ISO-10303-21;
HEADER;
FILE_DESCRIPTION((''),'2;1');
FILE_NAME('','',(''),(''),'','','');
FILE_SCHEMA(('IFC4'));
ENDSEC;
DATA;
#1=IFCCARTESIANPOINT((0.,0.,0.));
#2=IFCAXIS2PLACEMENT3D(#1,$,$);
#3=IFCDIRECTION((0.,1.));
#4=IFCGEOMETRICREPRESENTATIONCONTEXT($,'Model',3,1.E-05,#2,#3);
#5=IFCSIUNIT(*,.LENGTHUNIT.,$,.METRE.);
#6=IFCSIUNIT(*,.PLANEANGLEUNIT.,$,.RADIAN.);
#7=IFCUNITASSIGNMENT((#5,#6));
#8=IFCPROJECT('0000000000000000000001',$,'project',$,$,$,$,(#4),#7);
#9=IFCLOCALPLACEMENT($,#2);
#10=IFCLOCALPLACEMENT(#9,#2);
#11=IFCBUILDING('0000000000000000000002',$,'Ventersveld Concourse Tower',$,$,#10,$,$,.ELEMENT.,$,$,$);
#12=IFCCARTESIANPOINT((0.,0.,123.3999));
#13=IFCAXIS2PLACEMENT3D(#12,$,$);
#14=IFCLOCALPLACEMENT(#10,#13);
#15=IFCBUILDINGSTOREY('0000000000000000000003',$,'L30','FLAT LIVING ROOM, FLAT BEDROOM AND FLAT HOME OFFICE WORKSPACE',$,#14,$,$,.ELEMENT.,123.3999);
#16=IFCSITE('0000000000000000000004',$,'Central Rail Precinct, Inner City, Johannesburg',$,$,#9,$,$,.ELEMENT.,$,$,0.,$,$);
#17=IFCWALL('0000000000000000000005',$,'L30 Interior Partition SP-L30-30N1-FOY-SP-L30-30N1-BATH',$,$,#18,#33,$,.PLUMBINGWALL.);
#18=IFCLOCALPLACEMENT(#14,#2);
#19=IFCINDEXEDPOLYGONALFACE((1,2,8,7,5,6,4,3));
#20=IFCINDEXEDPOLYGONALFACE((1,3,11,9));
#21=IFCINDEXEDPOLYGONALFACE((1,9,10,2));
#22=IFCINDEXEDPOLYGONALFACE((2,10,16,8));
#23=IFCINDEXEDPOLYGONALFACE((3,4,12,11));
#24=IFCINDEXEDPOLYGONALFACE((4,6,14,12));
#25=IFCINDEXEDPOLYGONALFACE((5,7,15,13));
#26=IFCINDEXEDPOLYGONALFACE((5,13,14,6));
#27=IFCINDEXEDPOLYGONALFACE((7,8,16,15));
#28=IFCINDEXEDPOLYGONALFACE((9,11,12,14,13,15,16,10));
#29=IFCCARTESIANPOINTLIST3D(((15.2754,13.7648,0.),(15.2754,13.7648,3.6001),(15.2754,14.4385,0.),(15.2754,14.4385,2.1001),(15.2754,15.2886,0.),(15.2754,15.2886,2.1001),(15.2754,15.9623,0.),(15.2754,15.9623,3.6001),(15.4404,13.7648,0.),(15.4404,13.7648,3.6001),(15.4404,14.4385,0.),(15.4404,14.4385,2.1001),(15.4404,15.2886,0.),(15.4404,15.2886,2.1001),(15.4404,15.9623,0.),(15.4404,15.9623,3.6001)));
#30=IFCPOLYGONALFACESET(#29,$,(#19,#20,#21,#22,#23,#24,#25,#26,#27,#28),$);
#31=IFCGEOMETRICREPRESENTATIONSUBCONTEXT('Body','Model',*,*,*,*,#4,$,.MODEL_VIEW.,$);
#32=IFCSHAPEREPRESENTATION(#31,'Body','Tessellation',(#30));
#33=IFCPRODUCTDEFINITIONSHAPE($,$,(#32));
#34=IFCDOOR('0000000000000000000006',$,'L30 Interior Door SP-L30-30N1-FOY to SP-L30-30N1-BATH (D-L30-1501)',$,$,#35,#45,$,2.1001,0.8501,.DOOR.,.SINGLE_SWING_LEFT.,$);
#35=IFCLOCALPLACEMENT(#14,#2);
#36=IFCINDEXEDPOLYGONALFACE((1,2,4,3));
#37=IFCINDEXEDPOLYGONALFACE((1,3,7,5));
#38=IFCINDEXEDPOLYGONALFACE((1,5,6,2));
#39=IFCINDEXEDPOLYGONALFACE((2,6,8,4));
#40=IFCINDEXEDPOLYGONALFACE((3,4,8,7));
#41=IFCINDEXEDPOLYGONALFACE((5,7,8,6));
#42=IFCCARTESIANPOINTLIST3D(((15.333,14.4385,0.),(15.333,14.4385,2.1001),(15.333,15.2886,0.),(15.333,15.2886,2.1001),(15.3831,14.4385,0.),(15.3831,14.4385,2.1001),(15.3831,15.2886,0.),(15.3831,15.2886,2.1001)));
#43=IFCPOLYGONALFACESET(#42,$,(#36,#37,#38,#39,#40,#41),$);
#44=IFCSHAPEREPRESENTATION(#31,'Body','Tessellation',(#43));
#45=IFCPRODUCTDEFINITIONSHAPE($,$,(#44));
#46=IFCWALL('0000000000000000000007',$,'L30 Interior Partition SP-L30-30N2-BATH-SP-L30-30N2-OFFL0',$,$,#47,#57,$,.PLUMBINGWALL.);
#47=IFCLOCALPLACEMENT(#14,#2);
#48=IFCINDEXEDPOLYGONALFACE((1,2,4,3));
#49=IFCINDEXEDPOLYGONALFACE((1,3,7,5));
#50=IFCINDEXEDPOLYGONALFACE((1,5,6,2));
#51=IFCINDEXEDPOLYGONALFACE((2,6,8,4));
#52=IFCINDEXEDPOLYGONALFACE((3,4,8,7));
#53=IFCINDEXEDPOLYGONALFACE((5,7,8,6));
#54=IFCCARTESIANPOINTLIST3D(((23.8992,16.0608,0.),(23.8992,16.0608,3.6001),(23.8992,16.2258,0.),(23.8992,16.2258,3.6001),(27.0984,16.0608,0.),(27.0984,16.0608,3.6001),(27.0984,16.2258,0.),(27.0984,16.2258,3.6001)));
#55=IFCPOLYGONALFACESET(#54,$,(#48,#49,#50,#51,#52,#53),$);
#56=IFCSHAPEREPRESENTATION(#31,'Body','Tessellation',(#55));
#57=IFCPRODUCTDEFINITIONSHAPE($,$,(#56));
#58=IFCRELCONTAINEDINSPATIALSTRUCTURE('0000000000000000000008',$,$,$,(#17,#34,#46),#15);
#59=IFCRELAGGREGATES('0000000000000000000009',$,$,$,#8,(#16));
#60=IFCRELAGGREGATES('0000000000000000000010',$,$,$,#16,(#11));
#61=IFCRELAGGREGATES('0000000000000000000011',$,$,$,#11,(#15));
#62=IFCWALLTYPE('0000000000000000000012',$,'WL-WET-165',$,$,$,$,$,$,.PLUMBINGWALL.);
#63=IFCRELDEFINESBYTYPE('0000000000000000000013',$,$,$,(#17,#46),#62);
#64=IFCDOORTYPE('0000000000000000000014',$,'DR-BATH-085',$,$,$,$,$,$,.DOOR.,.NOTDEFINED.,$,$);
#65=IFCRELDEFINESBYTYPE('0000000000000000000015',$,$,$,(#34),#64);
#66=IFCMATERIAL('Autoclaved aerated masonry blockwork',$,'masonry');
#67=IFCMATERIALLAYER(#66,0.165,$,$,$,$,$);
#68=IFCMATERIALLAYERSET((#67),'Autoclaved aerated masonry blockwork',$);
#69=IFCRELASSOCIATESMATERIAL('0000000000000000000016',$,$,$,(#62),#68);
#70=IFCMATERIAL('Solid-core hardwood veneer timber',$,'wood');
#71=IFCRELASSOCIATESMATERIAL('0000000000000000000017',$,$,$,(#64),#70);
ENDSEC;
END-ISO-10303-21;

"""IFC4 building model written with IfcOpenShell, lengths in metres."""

from ifc_helpers import new_model, si_unit, direction, frame, frame_2d, origin, place, context, subcontext, project, spatial, rectangle, extrude, material, layer, layer_set, type_object, element, fill, save


model = new_model("IFC4")

# Units and contexts
model_context = context("Model", 3, precision=1e-05, world=origin(), true_north=direction((0.0, 1.0)))
body_context = subcontext(model_context, "Body", "Model", "MODEL_VIEW")
ifc_project = project(units=[si_unit("LENGTHUNIT", "METRE"), si_unit("PLANEANGLEUNIT", "RADIAN")], contexts=[model_context])

# Site, building, storey
site_placement = place(None, origin())
site = spatial("IfcSite", under=ifc_project, at=site_placement, Name="Central Rail Precinct, Inner City, Johannesburg", CompositionType="ELEMENT", RefElevation=0.0)
building_placement = place(site_placement, origin())
building = spatial("IfcBuilding", under=site, at=building_placement, Name="Ventersveld Concourse Tower", CompositionType="ELEMENT")
storey_placement = place(building_placement, frame((0.0, 0.0, 123.3999)))
storey = spatial("IfcBuildingStorey", under=building, at=storey_placement, Name="L30", Description="FLAT LIVING ROOM, FLAT BEDROOM AND FLAT HOME OFFICE WORKSPACE", CompositionType="ELEMENT", Elevation=123.3999)

# Shared definitions
ifc_material_1 = material(Name="Solid-core hardwood veneer timber", Category="wood")

# Shared definitions
ifc_material_2 = material(Name="Autoclaved aerated masonry blockwork", Category="masonry")

# Wall, opening, door
ifc_layer_1 = layer(ifc_material_2, 0.165)
ifc_layer_set_1 = layer_set([ifc_layer_1], Name="Autoclaved aerated masonry blockwork")
wall_type_1 = type_object("IfcWallType", Name="WL-WET-165", PredefinedType="PLUMBINGWALL", material=ifc_layer_set_1)
wall_1_placement = place(storey_placement, frame((15.3579, 13.7649, 0.0), z_axis=(0.0, 0.0, 1.0), x_axis=(0.0, 1.0, 0.0)))
wall_1 = element("IfcWall", 1, at=wall_1_placement, inside=storey, type_object=wall_type_1, Name="L30 Interior Partition SP-L30-30N1-FOY-SP-L30-30N1-BATH", PredefinedType="PLUMBINGWALL", context=body_context, shape_type="SweptSolid", body=[
    extrude(rectangle(XDim=2.1975, YDim=0.165, at=frame_2d((1.0986, 0.0))), origin(), (0.0, 0.0, 1.0), 3.6001),
])
opening_1_placement = place(wall_1_placement, frame((0.6736, 0.0, 0.0)))
opening_1 = element("IfcOpeningElement", 2, at=opening_1_placement, cuts=wall_1, PredefinedType="OPENING", context=body_context, shape_type="SweptSolid", body=[
    extrude(rectangle(XDim=0.8501, YDim=2.1001, at=frame_2d((0.425, 1.05))), frame((0.0, 0.0925, 0.0), z_axis=(0.0, -1.0, 0.0), x_axis=(1.0, 0.0, 0.0)), (0.0, 0.0, 1.0), 0.1851),
])
door_type_1 = type_object("IfcDoorType", Name="DR-BATH-085", OperationType="NOTDEFINED", PredefinedType="DOOR", material=ifc_material_1)
door_1_placement = place(opening_1_placement, origin())
door_1 = element("IfcDoor", 3, at=door_1_placement, inside=storey, type_object=door_type_1, Name="L30 Interior Door SP-L30-30N1-FOY to SP-L30-30N1-BATH (D-L30-1501)", OperationType="SINGLE_SWING_LEFT", OverallHeight=2.1001, OverallWidth=0.8501, PredefinedType="DOOR", context=body_context, shape_type="SweptSolid", body=[
    extrude(rectangle(XDim=0.8501, YDim=2.1001, at=frame_2d((0.425, 1.05))), frame((0.0, 0.0249, 0.0), z_axis=(0.0, -1.0, 0.0), x_axis=(1.0, 0.0, 0.0)), (0.0, 0.0, 1.0), 0.05),
])
fill(opening_1, door_1)

# Wall
wall_2_placement = place(storey_placement, frame((23.8992, 16.1433, 0.0), z_axis=(0.0, 0.0, 1.0), x_axis=(1.0, 0.0, 0.0)))
element("IfcWall", 4, at=wall_2_placement, inside=storey, type_object=wall_type_1, Name="L30 Interior Partition SP-L30-30N2-BATH-SP-L30-30N2-OFFL0", PredefinedType="PLUMBINGWALL", context=body_context, shape_type="SweptSolid", body=[
    extrude(rectangle(XDim=3.1992, YDim=0.165, at=frame_2d((1.5996, 0.0))), origin(), (0.0, 0.0, 1.0), 3.6001),
])

save(model, "model.ifc")
